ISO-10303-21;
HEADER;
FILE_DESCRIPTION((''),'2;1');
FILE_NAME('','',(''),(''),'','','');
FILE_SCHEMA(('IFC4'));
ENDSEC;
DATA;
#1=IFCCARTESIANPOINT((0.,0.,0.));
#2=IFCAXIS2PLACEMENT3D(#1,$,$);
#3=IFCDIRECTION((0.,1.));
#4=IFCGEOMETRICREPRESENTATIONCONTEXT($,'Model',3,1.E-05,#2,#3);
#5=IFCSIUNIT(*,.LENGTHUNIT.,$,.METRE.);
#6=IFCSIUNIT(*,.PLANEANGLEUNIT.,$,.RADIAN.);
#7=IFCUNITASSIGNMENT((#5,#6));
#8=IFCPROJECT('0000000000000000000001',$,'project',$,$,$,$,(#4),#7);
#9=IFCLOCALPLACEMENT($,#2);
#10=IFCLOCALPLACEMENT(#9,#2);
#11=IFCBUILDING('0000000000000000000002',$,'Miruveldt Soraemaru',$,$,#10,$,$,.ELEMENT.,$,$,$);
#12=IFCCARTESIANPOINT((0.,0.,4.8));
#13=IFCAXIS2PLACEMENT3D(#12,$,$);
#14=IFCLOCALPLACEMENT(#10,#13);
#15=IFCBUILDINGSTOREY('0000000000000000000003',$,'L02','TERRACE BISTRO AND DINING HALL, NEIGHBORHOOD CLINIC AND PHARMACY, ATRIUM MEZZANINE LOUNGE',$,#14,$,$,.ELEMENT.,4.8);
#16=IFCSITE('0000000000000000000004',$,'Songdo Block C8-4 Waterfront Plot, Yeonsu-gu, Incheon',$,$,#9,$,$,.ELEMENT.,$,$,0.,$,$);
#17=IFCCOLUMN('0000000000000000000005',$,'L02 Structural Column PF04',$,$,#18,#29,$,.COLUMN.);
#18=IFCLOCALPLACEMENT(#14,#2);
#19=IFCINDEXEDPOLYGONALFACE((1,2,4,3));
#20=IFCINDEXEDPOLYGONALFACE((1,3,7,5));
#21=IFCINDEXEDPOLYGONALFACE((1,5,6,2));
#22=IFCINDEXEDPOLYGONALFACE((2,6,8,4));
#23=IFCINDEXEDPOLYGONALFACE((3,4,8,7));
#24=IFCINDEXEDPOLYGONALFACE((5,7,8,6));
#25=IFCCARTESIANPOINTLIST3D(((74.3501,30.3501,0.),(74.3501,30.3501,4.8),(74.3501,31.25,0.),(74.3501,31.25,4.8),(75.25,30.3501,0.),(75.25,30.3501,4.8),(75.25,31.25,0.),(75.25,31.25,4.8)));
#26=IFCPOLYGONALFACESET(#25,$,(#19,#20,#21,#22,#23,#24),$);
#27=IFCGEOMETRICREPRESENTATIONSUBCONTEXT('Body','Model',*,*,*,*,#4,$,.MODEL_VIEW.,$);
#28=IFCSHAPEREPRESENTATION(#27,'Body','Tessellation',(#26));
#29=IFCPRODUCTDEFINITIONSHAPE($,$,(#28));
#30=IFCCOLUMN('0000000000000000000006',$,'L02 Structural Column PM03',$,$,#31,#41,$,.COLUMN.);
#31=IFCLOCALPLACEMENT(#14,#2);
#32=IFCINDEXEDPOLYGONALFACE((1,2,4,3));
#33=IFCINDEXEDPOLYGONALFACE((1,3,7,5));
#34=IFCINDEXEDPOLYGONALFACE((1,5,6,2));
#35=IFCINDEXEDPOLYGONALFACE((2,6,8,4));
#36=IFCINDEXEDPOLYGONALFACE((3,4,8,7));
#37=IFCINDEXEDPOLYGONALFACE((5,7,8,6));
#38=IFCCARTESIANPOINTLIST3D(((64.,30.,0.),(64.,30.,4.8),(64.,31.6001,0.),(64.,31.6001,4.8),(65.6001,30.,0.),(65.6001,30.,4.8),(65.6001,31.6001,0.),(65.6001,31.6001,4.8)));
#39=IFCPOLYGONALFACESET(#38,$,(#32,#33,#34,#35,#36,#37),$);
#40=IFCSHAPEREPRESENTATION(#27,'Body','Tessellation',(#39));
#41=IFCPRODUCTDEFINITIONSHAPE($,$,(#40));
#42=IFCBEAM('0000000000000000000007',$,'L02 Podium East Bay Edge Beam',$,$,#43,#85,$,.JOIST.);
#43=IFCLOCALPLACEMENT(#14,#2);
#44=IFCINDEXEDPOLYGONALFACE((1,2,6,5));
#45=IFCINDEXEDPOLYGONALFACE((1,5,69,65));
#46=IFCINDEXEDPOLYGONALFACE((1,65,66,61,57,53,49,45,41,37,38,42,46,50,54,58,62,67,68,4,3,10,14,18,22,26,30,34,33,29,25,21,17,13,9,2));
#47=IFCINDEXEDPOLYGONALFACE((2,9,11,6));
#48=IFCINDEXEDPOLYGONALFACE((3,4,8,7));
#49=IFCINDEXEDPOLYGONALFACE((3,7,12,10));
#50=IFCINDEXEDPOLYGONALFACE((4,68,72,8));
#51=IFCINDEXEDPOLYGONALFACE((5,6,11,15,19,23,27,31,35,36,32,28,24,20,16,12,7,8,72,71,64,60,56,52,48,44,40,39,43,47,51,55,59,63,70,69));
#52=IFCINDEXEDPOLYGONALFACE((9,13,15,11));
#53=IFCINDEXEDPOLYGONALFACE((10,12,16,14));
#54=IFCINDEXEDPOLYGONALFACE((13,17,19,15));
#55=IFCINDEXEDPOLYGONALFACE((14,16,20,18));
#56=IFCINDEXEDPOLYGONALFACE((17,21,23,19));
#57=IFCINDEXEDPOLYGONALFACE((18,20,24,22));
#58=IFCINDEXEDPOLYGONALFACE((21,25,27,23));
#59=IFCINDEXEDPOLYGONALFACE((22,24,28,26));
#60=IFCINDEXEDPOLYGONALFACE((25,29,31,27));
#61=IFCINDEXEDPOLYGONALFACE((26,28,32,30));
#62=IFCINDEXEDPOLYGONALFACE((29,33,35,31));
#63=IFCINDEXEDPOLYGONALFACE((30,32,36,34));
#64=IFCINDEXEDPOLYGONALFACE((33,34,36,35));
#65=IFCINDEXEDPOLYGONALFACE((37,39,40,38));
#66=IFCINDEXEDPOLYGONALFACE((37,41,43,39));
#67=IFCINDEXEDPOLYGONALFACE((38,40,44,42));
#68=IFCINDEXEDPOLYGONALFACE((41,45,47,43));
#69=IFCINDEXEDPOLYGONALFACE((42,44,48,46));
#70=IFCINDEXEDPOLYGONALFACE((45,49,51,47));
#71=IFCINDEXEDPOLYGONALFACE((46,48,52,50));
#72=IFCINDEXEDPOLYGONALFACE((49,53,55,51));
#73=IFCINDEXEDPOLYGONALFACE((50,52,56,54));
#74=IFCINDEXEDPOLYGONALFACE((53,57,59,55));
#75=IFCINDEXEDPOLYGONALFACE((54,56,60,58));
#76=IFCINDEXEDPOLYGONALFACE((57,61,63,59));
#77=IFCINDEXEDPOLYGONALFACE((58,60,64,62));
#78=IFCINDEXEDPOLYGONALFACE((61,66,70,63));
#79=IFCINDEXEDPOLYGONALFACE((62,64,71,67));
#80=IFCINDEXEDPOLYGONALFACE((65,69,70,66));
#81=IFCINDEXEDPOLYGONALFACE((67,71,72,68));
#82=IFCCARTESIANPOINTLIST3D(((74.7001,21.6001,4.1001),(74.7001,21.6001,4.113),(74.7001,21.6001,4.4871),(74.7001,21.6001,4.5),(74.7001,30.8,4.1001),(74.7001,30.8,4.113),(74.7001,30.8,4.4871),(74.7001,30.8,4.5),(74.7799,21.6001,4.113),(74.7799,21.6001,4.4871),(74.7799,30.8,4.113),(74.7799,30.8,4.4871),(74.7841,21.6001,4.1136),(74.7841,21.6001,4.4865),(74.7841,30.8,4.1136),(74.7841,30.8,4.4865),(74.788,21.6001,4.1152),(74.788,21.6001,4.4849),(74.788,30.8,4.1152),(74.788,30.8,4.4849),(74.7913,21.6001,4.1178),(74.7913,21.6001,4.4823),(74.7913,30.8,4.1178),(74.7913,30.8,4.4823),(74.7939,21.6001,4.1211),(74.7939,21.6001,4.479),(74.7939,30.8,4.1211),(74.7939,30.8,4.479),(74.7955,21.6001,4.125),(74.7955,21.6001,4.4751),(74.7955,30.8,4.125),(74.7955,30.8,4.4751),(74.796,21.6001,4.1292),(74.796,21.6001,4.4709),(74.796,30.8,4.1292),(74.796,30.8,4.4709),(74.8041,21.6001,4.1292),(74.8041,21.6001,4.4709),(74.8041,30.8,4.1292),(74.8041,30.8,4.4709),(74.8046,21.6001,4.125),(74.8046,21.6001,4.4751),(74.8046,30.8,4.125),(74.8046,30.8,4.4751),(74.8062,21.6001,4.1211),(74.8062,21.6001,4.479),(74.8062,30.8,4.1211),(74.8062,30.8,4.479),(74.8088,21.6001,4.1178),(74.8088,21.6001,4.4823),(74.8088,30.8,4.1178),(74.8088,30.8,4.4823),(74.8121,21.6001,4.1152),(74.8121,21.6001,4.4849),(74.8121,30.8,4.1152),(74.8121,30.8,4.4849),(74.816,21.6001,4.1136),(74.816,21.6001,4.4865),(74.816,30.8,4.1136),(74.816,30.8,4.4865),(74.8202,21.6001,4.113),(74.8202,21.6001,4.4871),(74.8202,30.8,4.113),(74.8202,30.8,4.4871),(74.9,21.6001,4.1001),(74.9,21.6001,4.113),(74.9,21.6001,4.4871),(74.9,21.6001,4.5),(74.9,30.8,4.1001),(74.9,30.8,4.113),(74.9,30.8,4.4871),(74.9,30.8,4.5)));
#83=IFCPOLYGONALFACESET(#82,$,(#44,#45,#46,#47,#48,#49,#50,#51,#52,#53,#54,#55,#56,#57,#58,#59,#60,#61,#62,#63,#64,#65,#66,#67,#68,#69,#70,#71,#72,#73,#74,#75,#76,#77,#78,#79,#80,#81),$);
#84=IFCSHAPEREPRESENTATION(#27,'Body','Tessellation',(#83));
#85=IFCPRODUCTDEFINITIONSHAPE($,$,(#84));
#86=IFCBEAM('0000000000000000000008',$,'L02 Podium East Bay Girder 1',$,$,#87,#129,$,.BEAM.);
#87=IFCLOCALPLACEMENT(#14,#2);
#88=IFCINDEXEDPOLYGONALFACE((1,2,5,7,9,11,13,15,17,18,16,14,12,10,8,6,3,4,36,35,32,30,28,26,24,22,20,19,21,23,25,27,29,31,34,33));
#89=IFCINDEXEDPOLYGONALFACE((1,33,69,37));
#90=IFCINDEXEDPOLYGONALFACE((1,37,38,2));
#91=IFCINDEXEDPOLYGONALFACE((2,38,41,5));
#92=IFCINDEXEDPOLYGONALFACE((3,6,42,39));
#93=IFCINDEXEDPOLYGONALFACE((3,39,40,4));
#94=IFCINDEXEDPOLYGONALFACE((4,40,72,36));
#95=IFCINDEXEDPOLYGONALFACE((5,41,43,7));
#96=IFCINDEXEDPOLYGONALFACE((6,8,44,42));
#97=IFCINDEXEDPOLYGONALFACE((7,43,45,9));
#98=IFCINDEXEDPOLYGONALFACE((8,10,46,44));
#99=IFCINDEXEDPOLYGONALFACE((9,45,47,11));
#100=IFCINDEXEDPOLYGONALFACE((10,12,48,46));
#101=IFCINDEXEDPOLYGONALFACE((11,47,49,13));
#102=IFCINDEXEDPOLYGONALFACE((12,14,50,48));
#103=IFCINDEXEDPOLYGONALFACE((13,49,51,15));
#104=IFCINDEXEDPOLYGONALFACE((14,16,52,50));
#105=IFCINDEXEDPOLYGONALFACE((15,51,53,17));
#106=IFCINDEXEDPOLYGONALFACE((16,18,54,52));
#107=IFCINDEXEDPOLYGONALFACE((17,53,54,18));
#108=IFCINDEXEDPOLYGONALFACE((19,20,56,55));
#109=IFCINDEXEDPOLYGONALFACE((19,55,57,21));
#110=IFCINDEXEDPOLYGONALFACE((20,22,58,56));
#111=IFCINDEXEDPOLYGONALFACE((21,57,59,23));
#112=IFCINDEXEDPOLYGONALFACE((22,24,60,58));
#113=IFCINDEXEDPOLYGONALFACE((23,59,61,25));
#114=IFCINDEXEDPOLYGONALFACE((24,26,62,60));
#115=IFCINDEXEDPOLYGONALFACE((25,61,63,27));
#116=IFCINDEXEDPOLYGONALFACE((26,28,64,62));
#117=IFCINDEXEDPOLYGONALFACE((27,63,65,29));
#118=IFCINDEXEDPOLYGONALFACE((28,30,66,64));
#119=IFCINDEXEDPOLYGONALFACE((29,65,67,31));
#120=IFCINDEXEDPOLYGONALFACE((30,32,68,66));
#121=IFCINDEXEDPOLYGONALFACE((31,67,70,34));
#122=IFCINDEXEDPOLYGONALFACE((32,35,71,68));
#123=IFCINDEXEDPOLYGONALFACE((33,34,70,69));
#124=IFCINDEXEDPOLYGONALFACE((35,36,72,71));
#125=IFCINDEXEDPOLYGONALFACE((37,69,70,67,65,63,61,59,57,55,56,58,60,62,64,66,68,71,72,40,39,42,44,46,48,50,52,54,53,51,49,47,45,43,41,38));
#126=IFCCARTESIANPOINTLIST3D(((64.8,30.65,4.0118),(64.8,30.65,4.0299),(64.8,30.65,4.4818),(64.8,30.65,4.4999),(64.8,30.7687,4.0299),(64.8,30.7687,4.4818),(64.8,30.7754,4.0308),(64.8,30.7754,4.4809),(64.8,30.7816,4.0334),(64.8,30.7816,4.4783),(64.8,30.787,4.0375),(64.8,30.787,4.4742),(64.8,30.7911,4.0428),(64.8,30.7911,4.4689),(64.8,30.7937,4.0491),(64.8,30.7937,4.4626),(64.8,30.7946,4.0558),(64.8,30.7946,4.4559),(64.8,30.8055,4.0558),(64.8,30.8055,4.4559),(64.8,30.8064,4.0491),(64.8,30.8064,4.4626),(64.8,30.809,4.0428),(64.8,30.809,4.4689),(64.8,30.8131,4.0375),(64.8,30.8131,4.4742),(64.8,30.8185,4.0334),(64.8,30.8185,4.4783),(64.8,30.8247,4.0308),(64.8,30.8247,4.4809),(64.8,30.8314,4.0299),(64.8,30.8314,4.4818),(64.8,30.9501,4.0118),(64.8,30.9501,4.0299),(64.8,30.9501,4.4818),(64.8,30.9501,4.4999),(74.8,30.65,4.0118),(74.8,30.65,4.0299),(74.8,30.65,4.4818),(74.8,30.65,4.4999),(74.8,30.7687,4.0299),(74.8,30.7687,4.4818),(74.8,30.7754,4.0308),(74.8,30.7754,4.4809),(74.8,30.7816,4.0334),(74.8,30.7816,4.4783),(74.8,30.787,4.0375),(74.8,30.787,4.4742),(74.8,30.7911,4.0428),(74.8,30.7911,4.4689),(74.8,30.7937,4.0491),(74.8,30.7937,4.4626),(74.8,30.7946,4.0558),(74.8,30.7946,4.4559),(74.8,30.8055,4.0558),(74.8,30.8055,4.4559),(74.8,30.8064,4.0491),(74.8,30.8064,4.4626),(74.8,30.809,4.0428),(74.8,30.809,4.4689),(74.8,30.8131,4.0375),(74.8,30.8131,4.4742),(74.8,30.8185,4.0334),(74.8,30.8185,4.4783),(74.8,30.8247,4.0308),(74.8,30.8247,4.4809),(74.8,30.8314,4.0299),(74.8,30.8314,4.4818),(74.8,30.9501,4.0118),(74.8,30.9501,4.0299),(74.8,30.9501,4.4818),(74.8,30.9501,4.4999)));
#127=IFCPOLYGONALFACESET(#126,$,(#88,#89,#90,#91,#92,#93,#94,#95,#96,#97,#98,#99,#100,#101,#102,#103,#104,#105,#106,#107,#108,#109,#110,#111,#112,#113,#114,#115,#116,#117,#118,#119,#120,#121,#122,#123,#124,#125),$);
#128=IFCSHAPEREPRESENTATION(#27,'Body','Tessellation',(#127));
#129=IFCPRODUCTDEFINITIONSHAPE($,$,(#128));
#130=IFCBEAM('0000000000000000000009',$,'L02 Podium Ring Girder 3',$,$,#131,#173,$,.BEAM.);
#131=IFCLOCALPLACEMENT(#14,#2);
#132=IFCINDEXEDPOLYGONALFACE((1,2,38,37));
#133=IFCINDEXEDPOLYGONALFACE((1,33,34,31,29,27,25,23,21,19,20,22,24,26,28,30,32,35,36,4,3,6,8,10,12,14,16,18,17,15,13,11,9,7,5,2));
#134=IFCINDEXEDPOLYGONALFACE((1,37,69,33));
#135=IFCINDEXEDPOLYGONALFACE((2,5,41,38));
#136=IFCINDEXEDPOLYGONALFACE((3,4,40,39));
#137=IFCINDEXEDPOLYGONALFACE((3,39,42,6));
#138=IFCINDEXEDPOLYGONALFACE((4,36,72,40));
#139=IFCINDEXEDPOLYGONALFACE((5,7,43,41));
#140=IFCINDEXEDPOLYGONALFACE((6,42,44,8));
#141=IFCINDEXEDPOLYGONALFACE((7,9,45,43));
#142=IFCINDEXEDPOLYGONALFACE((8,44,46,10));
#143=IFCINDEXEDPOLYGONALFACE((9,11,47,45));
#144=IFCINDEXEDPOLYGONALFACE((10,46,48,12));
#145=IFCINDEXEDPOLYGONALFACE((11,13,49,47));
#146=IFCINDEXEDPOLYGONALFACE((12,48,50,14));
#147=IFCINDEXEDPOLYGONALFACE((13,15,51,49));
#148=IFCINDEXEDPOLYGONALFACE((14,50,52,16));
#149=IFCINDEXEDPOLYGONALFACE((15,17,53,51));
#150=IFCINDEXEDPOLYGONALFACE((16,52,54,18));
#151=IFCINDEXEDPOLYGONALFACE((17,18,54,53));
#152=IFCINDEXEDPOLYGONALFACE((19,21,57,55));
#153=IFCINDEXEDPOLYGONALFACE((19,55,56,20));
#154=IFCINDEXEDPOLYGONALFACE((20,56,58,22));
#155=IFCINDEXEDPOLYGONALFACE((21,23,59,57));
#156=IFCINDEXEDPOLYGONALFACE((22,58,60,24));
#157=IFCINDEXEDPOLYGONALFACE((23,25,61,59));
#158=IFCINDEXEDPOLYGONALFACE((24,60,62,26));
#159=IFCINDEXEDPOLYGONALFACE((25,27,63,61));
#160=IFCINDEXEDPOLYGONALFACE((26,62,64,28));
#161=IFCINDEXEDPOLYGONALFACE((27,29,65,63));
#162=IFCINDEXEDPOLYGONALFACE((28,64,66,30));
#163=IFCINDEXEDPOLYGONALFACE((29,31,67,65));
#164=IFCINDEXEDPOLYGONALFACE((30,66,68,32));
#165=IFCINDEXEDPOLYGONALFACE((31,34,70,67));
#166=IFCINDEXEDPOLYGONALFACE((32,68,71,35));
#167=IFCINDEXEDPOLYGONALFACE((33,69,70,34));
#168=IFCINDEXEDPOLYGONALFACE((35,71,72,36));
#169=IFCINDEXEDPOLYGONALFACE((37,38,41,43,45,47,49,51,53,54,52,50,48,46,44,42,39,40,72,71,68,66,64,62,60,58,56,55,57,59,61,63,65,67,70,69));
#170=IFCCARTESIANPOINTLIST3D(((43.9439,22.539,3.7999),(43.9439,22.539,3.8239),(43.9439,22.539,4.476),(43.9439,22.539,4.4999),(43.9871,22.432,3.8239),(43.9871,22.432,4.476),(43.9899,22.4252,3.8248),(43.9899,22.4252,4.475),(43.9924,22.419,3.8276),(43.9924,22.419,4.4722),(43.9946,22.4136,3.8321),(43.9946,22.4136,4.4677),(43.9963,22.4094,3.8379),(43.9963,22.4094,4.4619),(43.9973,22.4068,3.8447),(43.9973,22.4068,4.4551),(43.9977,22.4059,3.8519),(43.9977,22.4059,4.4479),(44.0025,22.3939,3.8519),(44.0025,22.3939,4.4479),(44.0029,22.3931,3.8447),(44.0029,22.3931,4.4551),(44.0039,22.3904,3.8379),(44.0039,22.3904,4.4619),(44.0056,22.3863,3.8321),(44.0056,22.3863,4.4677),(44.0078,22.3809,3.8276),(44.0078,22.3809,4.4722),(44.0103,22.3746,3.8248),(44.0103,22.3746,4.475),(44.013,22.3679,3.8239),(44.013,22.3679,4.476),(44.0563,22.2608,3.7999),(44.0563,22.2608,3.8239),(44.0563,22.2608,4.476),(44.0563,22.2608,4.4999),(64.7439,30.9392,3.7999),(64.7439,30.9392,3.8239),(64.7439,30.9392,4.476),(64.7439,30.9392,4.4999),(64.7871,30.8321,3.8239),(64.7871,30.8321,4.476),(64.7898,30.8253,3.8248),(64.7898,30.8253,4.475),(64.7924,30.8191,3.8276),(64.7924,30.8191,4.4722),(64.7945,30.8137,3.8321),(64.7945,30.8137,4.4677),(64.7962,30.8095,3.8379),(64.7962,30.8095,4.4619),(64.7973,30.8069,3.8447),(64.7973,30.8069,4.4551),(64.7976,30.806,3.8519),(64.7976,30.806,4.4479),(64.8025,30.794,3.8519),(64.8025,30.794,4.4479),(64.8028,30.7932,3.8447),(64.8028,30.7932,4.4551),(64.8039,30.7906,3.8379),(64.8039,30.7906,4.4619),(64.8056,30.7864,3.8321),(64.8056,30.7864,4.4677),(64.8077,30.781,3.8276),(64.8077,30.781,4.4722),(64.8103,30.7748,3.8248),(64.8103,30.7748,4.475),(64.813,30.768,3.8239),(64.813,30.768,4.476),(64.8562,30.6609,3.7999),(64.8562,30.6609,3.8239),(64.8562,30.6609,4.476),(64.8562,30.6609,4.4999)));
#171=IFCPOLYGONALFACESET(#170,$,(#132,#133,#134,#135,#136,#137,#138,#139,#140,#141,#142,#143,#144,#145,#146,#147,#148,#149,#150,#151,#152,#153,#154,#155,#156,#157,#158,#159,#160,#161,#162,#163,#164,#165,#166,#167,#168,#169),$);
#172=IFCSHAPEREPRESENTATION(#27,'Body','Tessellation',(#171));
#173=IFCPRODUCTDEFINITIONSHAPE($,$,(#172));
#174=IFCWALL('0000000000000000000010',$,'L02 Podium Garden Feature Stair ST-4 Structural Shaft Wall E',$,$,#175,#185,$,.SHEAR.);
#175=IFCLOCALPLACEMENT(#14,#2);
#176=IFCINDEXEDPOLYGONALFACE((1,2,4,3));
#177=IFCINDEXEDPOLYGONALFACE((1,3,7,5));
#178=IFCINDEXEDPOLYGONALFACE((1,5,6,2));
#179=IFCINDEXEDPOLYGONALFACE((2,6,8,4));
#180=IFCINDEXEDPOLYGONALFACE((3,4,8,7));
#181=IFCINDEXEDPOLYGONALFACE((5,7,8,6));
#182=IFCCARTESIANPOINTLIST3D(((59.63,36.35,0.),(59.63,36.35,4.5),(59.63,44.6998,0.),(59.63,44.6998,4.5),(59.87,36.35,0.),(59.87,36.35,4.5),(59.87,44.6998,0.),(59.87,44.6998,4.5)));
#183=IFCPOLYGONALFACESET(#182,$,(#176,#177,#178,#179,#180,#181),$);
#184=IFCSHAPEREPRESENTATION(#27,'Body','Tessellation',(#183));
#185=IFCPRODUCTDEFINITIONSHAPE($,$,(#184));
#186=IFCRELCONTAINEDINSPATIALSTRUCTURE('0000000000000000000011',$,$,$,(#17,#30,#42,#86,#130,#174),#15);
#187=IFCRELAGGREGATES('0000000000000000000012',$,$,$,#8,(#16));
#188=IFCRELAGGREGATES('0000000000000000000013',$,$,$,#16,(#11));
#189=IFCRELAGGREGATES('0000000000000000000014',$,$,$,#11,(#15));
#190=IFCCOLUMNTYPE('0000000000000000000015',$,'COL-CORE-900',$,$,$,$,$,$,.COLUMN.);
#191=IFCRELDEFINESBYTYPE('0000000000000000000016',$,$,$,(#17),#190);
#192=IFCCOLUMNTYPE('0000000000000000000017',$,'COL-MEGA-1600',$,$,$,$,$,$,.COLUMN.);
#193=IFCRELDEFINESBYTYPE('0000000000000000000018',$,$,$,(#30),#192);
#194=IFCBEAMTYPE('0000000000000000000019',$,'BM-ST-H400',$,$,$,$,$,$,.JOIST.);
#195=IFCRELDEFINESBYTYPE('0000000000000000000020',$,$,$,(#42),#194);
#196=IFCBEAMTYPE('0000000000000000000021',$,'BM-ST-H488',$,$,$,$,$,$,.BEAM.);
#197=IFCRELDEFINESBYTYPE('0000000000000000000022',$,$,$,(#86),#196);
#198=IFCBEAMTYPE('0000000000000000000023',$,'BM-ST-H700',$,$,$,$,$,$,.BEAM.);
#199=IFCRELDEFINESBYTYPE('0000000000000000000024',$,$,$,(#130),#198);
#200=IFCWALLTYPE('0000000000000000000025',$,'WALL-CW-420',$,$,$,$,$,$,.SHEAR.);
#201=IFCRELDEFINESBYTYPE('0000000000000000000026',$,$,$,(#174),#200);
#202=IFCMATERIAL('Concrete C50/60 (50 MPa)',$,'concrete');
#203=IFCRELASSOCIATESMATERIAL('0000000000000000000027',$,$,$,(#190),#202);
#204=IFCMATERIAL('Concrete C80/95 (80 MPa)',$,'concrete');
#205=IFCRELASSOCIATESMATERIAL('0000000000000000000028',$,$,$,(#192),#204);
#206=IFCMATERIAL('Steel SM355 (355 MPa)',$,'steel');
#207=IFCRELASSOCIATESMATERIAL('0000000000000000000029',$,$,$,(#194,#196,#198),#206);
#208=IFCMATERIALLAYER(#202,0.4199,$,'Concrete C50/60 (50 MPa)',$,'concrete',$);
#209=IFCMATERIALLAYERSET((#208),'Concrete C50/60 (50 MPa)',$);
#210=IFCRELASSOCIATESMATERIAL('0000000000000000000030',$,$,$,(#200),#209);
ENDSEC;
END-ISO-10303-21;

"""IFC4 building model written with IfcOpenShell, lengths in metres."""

from ifc_helpers import new_model, si_unit, direction, frame, frame_2d, origin, origin_2d, place, context, subcontext, project, spatial, rectangle, i_section, extrude, material, layer, layer_set, material_profile, profile_set, type_object, element, save


model = new_model("IFC4")

# Units and contexts
model_context = context("Model", 3, precision=1e-05, world=origin(), true_north=direction((0.0, 1.0)))
body_context = subcontext(model_context, "Body", "Model", "MODEL_VIEW")
ifc_project = project(units=[si_unit("LENGTHUNIT", "METRE"), si_unit("PLANEANGLEUNIT", "RADIAN")], contexts=[model_context])

# Site, building, storey
site_placement = place(None, origin())
site = spatial("IfcSite", under=ifc_project, at=site_placement, Name="Songdo Block C8-4 Waterfront Plot, Yeonsu-gu, Incheon", CompositionType="ELEMENT", RefElevation=0.0)
building_placement = place(site_placement, origin())
building = spatial("IfcBuilding", under=site, at=building_placement, Name="Miruveldt Soraemaru", CompositionType="ELEMENT")
storey_placement = place(building_placement, frame((0.0, 0.0, 4.8)))
storey = spatial("IfcBuildingStorey", under=building, at=storey_placement, Name="L02", Description="TERRACE BISTRO AND DINING HALL, NEIGHBORHOOD CLINIC AND PHARMACY, ATRIUM MEZZANINE LOUNGE", CompositionType="ELEMENT", Elevation=4.8)

# Columns
ifc_material_1 = material(Name="Concrete C50/60 (50 MPa)", Category="concrete")
ifc_material_profile_1 = material_profile(ifc_material_1, rectangle(XDim=0.8999, YDim=0.8999, at=origin_2d()), Name="Concrete C50/60 (50 MPa)", Category="concrete")
ifc_profile_set_1 = profile_set([ifc_material_profile_1], Name="Concrete C50/60 (50 MPa)")
column_type_1 = type_object("IfcColumnType", Name="COL-CORE-900", PredefinedType="COLUMN", material=ifc_profile_set_1)
column_1_placement = place(storey_placement, frame((74.8, 30.8, 0.0), z_axis=(0.0, 0.0, 1.0), x_axis=(1.0, 0.0, 0.0)))
element("IfcColumn", 1, at=column_1_placement, inside=storey, type_object=column_type_1, Name="L02 Structural Column PF04", PredefinedType="COLUMN", context=body_context, shape_type="SweptSolid", body=[
    extrude(rectangle(XDim=0.8999, YDim=0.8999, at=origin_2d()), origin(), (0.0, 0.0, 1.0), 4.8),
])
ifc_material_2 = material(Name="Concrete C80/95 (80 MPa)", Category="concrete")
ifc_material_profile_2 = material_profile(ifc_material_2, rectangle(XDim=1.6001, YDim=1.6001, at=origin_2d()), Name="Concrete C80/95 (80 MPa)", Category="concrete")
ifc_profile_set_2 = profile_set([ifc_material_profile_2], Name="Concrete C80/95 (80 MPa)")
column_type_2 = type_object("IfcColumnType", Name="COL-MEGA-1600", PredefinedType="COLUMN", material=ifc_profile_set_2)
column_2_placement = place(storey_placement, frame((64.8, 30.8, 0.0), z_axis=(0.0, 0.0, 1.0), x_axis=(1.0, 0.0, 0.0)))
element("IfcColumn", 2, at=column_2_placement, inside=storey, type_object=column_type_2, Name="L02 Structural Column PM03", PredefinedType="COLUMN", context=body_context, shape_type="SweptSolid", body=[
    extrude(rectangle(XDim=1.6001, YDim=1.6001, at=origin_2d()), origin(), (0.0, 0.0, 1.0), 4.8),
])

# Beams
ifc_material_3 = material(Name="Steel SM355 (355 MPa)", Category="steel")
ifc_material_profile_3 = material_profile(ifc_material_3, i_section(OverallWidth=0.2, OverallDepth=0.3999, WebThickness=0.0081, FlangeThickness=0.0129, FilletRadius=0.0161, at=origin_2d()), Name="Steel SM355 (355 MPa)", Category="steel")
ifc_profile_set_3 = profile_set([ifc_material_profile_3], Name="Steel SM355 (355 MPa)")
beam_type_1 = type_object("IfcBeamType", Name="BM-ST-H400", PredefinedType="JOIST", material=ifc_profile_set_3)
beam_1_placement = place(storey_placement, frame((74.8, 30.8, 4.3), z_axis=(0.0, -1.0, 0.0), x_axis=(1.0, 0.0, 0.0)))
element("IfcBeam", 3, at=beam_1_placement, inside=storey, type_object=beam_type_1, Name="L02 Podium East Bay Edge Beam", PredefinedType="JOIST", context=body_context, shape_type="SweptSolid", body=[
    extrude(i_section(OverallWidth=0.2, OverallDepth=0.3999, WebThickness=0.0081, FlangeThickness=0.0129, FilletRadius=0.0161, at=origin_2d()), origin(), (0.0, 0.0, 1.0), 9.2),
])
ifc_material_profile_4 = material_profile(ifc_material_3, i_section(OverallWidth=0.3, OverallDepth=0.488, WebThickness=0.011, FlangeThickness=0.0181, FilletRadius=0.0259, at=origin_2d()), Name="Steel SM355 (355 MPa)", Category="steel")
ifc_profile_set_4 = profile_set([ifc_material_profile_4], Name="Steel SM355 (355 MPa)")
beam_type_2 = type_object("IfcBeamType", Name="BM-ST-H488", PredefinedType="BEAM", material=ifc_profile_set_4)
beam_2_placement = place(storey_placement, frame((64.8, 30.8, 4.2559), z_axis=(1.0, 0.0, 0.0), x_axis=(0.0, 1.0, 0.0)))
element("IfcBeam", 4, at=beam_2_placement, inside=storey, type_object=beam_type_2, Name="L02 Podium East Bay Girder 1", PredefinedType="BEAM", context=body_context, shape_type="SweptSolid", body=[
    extrude(i_section(OverallWidth=0.3, OverallDepth=0.488, WebThickness=0.011, FlangeThickness=0.0181, FilletRadius=0.0259, at=origin_2d()), origin(), (0.0, 0.0, 1.0), 10.0),
])
ifc_material_profile_5 = material_profile(ifc_material_3, i_section(OverallWidth=0.3, OverallDepth=0.7, WebThickness=0.0129, FlangeThickness=0.0239, FilletRadius=0.0281, at=origin_2d()), Name="Steel SM355 (355 MPa)", Category="steel")
ifc_profile_set_5 = profile_set([ifc_material_profile_5], Name="Steel SM355 (355 MPa)")
beam_type_3 = type_object("IfcBeamType", Name="BM-ST-H700", PredefinedType="BEAM", material=ifc_profile_set_5)
beam_3_placement = place(storey_placement, frame((64.8, 30.8, 4.1499), z_axis=(-0.92724, -0.374468, 0.0), x_axis=(0.374468, -0.92724, 0.0)))
element("IfcBeam", 5, at=beam_3_placement, inside=storey, type_object=beam_type_3, Name="L02 Podium Ring Girder 3", PredefinedType="BEAM", context=body_context, shape_type="SweptSolid", body=[
    extrude(i_section(OverallWidth=0.3, OverallDepth=0.7, WebThickness=0.0129, FlangeThickness=0.0239, FilletRadius=0.0281, at=origin_2d()), origin(), (0.0, 0.0, 1.0), 22.4321),
])

# Wall
ifc_layer_1 = layer(ifc_material_1, 0.4199, Name="Concrete C50/60 (50 MPa)", Category="concrete")
ifc_layer_set_1 = layer_set([ifc_layer_1], Name="Concrete C50/60 (50 MPa)")
wall_type_1 = type_object("IfcWallType", Name="WALL-CW-420", PredefinedType="SHEAR", material=ifc_layer_set_1)
wall_1_placement = place(storey_placement, frame((59.75, 36.3501, 0.0), z_axis=(0.0, 0.0, 1.0), x_axis=(0.0, 1.0, 0.0)))
element("IfcWall", 6, at=wall_1_placement, inside=storey, type_object=wall_type_1, Name="L02 Podium Garden Feature Stair ST-4 Structural Shaft Wall E", PredefinedType="SHEAR", context=body_context, shape_type="SweptSolid", body=[
    extrude(rectangle(XDim=8.3499, YDim=0.24, at=frame_2d((4.1748, 0.0))), origin(), (0.0, 0.0, 1.0), 4.5),
])

save(model, "model.ifc")
